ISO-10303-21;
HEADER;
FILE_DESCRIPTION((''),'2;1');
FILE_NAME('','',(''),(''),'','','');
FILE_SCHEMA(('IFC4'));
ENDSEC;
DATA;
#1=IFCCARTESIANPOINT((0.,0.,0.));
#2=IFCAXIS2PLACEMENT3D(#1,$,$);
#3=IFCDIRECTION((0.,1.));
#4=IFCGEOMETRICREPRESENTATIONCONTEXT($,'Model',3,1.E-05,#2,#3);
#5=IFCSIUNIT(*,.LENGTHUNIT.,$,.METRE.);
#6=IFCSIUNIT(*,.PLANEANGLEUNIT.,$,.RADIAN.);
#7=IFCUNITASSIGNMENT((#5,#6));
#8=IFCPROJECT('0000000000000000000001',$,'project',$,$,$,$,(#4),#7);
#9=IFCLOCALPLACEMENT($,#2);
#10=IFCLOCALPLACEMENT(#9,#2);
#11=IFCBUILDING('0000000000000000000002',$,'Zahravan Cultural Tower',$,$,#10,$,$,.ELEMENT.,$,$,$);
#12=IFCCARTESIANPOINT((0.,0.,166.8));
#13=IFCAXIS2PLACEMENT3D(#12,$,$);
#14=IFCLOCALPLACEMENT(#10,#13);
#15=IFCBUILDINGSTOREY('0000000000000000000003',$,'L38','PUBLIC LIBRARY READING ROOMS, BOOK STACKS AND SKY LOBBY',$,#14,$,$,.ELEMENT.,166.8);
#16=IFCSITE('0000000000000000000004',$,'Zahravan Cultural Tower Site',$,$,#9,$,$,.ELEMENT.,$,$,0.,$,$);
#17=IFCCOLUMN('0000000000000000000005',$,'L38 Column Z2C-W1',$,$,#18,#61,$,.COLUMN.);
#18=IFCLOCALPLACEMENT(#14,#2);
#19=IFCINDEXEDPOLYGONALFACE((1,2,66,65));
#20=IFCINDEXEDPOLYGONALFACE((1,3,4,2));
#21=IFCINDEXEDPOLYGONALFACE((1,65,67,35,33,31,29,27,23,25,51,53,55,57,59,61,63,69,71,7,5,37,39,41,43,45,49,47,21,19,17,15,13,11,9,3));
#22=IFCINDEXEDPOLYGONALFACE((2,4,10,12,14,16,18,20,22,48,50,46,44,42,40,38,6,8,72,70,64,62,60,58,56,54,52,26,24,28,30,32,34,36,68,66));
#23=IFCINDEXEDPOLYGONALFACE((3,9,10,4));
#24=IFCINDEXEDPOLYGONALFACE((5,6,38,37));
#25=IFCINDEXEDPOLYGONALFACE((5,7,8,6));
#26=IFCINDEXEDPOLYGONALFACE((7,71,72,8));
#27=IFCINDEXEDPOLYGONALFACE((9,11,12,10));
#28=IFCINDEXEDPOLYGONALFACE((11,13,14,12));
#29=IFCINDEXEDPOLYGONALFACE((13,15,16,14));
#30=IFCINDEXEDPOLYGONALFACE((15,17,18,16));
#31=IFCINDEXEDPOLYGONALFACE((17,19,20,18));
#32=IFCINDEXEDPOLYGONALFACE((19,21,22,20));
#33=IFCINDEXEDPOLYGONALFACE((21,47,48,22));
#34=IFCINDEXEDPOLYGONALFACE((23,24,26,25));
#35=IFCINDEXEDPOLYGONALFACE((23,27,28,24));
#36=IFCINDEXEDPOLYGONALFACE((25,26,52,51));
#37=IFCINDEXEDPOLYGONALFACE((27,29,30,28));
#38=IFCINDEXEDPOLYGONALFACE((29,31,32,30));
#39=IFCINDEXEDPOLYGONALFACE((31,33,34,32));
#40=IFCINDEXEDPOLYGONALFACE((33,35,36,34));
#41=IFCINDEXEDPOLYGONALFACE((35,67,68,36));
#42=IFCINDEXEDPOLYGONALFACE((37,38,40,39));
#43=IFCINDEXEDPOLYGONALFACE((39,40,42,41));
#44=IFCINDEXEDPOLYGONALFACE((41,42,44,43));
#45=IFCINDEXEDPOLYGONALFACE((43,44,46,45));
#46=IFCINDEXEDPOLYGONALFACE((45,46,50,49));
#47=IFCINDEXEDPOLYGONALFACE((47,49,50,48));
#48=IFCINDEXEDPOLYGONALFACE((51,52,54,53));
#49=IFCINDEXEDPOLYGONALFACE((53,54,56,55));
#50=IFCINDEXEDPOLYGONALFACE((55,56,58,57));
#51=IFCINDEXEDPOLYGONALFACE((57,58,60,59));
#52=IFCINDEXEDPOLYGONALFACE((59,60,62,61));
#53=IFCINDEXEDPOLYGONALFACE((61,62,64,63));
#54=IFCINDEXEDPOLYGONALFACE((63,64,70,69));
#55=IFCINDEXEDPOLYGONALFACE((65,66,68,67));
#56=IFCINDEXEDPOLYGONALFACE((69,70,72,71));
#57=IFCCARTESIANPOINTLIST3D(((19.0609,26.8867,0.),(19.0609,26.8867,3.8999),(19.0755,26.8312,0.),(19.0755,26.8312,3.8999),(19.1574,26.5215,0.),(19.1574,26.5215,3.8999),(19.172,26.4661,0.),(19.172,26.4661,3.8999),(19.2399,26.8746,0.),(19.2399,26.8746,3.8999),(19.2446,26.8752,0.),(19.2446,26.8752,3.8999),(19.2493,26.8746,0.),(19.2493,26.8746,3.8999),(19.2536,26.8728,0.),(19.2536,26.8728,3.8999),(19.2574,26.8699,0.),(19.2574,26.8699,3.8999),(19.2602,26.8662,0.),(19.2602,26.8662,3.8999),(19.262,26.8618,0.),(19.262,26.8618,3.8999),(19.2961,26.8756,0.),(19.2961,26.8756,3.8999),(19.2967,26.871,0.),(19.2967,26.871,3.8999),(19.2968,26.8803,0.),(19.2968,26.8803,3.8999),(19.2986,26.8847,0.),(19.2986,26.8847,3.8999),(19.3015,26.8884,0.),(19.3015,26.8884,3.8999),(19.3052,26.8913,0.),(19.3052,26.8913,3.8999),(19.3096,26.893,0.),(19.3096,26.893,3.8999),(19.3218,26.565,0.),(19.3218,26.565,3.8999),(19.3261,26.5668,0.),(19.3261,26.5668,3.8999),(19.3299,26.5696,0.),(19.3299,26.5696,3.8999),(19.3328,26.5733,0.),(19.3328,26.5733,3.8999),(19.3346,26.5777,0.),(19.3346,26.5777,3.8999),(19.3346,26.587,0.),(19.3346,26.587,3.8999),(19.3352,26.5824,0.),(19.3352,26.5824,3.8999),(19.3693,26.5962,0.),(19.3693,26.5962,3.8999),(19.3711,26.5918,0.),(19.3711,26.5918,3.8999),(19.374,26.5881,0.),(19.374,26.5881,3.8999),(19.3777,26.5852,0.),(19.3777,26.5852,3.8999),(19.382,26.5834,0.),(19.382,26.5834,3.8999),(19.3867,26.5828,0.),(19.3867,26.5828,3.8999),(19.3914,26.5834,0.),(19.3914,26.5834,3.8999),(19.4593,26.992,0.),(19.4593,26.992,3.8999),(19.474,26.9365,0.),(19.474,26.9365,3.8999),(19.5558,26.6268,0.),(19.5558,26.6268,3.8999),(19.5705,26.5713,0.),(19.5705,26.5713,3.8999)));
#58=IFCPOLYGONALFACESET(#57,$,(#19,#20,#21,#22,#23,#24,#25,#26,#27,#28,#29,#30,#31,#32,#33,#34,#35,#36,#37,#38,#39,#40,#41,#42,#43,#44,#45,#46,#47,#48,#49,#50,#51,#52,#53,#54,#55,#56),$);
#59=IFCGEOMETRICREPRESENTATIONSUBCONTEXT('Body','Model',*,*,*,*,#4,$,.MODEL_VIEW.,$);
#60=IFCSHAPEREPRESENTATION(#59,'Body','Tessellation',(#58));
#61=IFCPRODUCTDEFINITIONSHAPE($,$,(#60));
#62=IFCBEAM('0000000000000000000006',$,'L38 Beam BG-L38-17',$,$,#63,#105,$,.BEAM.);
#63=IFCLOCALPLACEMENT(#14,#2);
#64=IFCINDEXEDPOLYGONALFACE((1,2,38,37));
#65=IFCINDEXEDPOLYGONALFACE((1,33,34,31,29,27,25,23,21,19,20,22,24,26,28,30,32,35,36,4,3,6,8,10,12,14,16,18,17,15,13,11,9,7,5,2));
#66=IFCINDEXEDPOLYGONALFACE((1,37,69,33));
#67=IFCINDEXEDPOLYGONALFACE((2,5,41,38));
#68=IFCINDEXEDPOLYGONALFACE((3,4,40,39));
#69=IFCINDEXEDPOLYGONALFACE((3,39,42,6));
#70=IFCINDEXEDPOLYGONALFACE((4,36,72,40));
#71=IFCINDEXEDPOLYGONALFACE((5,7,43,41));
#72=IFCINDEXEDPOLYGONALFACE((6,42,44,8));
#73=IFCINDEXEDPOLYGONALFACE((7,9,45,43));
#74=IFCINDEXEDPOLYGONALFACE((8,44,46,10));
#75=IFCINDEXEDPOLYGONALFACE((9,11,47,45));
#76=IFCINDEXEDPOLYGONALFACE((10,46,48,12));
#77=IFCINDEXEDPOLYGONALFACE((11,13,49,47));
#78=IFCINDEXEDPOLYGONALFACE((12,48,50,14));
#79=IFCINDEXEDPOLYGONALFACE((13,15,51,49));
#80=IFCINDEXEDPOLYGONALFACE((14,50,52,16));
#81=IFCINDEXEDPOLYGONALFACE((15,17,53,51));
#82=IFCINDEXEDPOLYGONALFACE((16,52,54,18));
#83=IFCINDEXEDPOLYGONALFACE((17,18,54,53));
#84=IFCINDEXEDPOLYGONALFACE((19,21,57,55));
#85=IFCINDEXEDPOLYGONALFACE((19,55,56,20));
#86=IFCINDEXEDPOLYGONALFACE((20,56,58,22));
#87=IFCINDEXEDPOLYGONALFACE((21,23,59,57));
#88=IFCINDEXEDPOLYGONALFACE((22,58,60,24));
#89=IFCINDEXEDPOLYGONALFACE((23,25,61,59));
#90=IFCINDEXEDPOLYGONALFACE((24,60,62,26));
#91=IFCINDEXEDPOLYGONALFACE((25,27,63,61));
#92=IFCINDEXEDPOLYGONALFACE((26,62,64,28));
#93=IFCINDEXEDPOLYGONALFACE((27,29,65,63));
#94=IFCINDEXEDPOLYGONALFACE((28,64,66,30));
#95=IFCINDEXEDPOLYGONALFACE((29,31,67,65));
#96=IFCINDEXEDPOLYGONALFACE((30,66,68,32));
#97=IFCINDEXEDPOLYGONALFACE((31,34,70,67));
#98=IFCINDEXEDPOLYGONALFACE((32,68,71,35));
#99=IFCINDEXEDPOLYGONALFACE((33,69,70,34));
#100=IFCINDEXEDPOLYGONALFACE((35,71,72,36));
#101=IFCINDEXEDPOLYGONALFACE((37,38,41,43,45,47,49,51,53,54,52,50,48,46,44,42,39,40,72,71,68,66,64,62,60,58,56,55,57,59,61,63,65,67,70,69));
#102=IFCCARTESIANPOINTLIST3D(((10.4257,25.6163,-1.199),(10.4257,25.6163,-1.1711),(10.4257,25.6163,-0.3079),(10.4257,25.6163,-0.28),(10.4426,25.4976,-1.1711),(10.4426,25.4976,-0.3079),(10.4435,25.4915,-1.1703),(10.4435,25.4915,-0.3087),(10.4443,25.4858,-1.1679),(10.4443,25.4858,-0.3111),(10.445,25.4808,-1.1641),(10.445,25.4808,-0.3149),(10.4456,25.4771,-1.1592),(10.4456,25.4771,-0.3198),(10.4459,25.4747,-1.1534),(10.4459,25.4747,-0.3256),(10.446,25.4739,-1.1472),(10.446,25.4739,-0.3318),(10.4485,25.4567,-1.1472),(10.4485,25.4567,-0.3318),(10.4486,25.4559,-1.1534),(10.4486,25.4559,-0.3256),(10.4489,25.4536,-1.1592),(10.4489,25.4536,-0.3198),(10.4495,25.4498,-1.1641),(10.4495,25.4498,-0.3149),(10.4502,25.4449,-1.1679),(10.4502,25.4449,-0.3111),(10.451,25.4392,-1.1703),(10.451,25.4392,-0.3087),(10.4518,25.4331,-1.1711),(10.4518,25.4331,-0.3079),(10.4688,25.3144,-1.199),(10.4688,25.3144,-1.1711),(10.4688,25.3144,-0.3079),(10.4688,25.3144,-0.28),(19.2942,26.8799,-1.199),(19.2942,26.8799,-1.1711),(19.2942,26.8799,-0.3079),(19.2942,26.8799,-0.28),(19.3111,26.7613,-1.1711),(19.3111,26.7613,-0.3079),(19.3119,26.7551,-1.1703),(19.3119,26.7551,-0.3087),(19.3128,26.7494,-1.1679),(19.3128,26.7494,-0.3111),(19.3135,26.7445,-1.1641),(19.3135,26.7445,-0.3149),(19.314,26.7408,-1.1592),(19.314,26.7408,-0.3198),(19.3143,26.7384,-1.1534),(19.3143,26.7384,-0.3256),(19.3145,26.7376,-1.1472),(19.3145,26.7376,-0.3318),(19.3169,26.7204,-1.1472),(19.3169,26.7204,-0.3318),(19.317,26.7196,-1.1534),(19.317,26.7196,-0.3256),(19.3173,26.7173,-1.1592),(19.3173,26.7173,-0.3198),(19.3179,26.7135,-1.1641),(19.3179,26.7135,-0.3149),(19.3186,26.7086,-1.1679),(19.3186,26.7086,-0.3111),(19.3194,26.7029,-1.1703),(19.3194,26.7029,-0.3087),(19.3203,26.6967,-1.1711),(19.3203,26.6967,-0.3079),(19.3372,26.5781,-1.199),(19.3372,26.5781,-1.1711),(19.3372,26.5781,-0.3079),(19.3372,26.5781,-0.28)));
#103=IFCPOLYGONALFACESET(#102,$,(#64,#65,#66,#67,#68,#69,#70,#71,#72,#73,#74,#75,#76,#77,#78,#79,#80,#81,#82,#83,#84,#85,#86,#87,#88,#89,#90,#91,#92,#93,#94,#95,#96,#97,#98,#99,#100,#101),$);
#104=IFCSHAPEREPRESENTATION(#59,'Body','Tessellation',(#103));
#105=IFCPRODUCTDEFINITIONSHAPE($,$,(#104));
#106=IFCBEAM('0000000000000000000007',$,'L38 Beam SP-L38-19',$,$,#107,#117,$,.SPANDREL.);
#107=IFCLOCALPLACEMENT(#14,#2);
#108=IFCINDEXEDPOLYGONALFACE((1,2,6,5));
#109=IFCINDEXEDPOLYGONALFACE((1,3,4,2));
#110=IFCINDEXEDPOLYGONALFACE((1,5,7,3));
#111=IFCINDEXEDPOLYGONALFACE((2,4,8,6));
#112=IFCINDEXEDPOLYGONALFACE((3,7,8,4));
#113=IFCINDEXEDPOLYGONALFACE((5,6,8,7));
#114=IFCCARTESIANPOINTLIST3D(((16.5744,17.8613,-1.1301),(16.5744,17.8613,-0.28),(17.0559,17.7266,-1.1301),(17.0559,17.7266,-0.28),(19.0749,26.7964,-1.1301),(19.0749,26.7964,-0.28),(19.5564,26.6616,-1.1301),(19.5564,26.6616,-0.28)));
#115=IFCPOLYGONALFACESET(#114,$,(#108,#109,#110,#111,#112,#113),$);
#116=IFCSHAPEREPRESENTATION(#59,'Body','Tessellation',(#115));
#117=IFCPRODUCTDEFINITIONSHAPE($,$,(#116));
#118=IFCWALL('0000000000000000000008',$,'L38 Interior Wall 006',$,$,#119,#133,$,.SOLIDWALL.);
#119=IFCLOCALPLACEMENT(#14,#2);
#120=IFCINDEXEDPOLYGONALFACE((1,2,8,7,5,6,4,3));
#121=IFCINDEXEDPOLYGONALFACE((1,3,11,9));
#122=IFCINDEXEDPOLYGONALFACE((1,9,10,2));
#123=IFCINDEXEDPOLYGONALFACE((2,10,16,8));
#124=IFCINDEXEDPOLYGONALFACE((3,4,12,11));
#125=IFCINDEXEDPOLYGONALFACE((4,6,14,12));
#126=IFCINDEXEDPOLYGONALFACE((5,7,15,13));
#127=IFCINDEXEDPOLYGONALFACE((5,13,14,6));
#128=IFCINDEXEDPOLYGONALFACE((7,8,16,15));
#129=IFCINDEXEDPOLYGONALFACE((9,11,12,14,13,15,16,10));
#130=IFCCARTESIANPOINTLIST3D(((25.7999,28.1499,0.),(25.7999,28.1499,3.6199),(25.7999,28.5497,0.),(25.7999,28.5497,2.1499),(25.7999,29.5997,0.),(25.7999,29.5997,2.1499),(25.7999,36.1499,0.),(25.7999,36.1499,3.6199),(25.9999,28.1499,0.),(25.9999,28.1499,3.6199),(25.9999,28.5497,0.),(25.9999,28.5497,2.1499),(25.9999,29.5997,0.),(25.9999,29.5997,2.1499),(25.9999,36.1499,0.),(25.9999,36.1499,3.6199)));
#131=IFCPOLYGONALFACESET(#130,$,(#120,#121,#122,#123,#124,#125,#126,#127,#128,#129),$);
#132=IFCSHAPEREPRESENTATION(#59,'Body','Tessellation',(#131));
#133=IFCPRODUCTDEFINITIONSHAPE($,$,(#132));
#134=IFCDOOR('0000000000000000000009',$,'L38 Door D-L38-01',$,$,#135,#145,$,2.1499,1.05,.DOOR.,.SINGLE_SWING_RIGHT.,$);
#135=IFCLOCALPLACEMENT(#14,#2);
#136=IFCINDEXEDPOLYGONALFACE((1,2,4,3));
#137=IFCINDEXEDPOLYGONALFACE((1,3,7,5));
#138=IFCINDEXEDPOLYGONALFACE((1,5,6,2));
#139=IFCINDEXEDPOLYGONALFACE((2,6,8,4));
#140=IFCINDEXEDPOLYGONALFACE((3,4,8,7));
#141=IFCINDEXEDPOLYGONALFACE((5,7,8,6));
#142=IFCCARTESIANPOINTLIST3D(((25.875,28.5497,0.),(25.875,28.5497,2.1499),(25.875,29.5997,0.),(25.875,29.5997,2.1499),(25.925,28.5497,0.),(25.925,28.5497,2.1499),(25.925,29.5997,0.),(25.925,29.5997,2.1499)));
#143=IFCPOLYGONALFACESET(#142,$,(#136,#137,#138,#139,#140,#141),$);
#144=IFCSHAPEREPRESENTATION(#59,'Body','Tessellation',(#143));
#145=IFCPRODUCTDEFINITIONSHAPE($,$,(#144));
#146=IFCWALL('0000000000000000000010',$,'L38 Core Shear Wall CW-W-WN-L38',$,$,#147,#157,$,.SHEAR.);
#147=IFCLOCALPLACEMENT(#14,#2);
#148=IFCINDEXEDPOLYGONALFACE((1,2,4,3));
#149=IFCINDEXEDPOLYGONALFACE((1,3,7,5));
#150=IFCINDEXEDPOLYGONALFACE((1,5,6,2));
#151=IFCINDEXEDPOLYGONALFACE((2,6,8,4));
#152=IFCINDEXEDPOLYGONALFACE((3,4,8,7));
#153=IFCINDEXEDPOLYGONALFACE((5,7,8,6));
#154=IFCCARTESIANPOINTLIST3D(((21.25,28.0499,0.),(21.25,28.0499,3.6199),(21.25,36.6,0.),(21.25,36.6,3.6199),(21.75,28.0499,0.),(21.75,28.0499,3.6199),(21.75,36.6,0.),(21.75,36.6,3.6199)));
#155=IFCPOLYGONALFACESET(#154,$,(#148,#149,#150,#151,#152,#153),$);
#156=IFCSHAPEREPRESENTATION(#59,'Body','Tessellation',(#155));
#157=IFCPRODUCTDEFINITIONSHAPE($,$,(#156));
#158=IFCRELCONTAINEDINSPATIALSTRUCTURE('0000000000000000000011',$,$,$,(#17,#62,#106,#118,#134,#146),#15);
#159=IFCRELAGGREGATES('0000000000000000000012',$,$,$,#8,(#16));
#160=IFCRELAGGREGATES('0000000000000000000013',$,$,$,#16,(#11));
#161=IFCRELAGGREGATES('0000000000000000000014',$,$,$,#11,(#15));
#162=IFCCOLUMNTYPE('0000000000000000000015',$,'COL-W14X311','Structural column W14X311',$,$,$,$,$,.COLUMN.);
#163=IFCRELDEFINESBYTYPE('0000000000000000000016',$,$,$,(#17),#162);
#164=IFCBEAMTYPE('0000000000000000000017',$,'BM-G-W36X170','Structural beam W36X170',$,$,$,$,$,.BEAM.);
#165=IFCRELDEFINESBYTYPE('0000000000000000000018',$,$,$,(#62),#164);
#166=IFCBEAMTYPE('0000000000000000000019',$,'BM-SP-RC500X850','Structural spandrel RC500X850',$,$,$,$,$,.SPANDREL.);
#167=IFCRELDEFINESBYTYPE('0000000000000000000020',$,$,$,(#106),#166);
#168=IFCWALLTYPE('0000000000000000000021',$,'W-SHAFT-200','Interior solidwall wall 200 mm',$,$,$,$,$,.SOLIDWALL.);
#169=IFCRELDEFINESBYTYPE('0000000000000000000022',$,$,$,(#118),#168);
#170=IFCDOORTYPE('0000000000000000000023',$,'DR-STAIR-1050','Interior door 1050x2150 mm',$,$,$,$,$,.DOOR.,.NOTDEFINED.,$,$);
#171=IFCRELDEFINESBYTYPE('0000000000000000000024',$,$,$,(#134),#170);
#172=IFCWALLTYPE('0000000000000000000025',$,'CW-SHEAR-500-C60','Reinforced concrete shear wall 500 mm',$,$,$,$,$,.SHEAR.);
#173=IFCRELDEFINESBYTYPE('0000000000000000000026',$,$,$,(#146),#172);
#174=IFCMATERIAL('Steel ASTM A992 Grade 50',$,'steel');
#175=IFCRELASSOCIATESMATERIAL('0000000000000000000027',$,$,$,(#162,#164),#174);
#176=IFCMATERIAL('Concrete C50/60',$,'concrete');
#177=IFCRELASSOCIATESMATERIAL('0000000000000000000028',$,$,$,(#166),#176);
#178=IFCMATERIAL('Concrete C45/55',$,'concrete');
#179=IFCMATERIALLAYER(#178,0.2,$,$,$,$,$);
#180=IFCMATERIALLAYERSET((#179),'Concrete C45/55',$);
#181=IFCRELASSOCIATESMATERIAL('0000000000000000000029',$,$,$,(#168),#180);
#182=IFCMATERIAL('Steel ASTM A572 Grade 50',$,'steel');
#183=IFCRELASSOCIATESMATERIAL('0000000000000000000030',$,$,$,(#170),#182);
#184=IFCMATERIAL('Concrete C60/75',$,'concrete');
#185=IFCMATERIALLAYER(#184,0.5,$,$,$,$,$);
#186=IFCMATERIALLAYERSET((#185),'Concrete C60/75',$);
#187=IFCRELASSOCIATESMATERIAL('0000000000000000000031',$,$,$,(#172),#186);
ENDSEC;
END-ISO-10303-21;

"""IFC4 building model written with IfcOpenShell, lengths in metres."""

from ifc_helpers import new_model, si_unit, direction, frame, frame_2d, origin, origin_2d, place, context, subcontext, project, spatial, rectangle, i_section, extrude, source, transform, mapped, material, layer, layer_set, material_profile, profile_set, type_object, element, fill, save


model = new_model("IFC4")

# Units and contexts
model_context = context("Model", 3, precision=1e-05, world=origin(), true_north=direction((0.0, 1.0)))
body_context = subcontext(model_context, "Body", "Model", "MODEL_VIEW")
ifc_project = project(units=[si_unit("LENGTHUNIT", "METRE"), si_unit("PLANEANGLEUNIT", "RADIAN")], contexts=[model_context])

# Site, building, storey
site_placement = place(None, origin())
site = spatial("IfcSite", under=ifc_project, at=site_placement, Name="Zahravan Cultural Tower Site", CompositionType="ELEMENT", RefElevation=0.0)
building_placement = place(site_placement, origin())
building = spatial("IfcBuilding", under=site, at=building_placement, Name="Zahravan Cultural Tower", CompositionType="ELEMENT")
storey_placement = place(building_placement, frame((0.0, 0.0, 166.8)))
storey = spatial("IfcBuildingStorey", under=building, at=storey_placement, Name="L38", Description="PUBLIC LIBRARY READING ROOMS, BOOK STACKS AND SKY LOBBY", CompositionType="ELEMENT", Elevation=166.8)

# Column
ifc_material_1 = material(Name="Steel ASTM A992 Grade 50", Category="steel")
ifc_material_profile_1 = material_profile(ifc_material_1, i_section(OverallWidth=0.4121, OverallDepth=0.4351, WebThickness=0.0359, FlangeThickness=0.0574, FilletRadius=0.0181, at=origin_2d()), Name="W14X311")
ifc_profile_set_1 = profile_set([ifc_material_profile_1], Name="Steel ASTM A992 Grade 50")
column_type = type_object("IfcColumnType", Name="COL-W14X311", Description="Structural column W14X311", PredefinedType="COLUMN", material=ifc_profile_set_1)
shared_shape_1 = source(origin(), body_context, "Body", "SweptSolid", [
    extrude(i_section(OverallWidth=0.4121, OverallDepth=0.4351, WebThickness=0.0359, FlangeThickness=0.0574, FilletRadius=0.0181, at=origin_2d()), origin(), (0.0, 0.0, 1.0), 3.8999),
])
column_placement = place(storey_placement, frame((19.3157, 26.729, 0.0), z_axis=(0.0, 0.0, 1.0), x_axis=(0.966823, 0.255446, 0.0)))
element("IfcColumn", 1, at=column_placement, inside=storey, type_object=column_type, Name="L38 Column Z2C-W1", PredefinedType="COLUMN", context=body_context, shape_type="MappedRepresentation", body=[
    mapped(shared_shape_1, transform((0.0, 0.0, 0.0), x_axis=(1.0, 0.0, 0.0), y_axis=(0.0, 1.0, 0.0), z_axis=(0.0, 0.0, 1.0), scale=1.0)),
])

# Beams
ifc_material_profile_2 = material_profile(ifc_material_1, i_section(OverallWidth=0.3049, OverallDepth=0.9189, WebThickness=0.0173, FlangeThickness=0.0278, FilletRadius=0.0239, at=origin_2d()), Name="W36X170")
ifc_profile_set_2 = profile_set([ifc_material_profile_2], Name="Steel ASTM A992 Grade 50")
beam_type_1 = type_object("IfcBeamType", Name="BM-G-W36X170", Description="Structural beam W36X170", PredefinedType="BEAM", material=ifc_profile_set_2)
shared_shape_2 = source(origin(), body_context, "Body", "SweptSolid", [
    extrude(i_section(OverallWidth=0.3049, OverallDepth=0.9189, WebThickness=0.0173, FlangeThickness=0.0278, FilletRadius=0.0239, at=origin_2d()), origin(), (0.0, 0.0, 1.0), 8.958),
])
beam_1_placement = place(storey_placement, frame((19.3157, 26.729, -0.7395), z_axis=(-0.99, -0.141067, 0.0), x_axis=(0.141067, -0.99, 0.0)))
element("IfcBeam", 2, at=beam_1_placement, inside=storey, type_object=beam_type_1, Name="L38 Beam BG-L38-17", PredefinedType="BEAM", context=body_context, shape_type="MappedRepresentation", body=[
    mapped(shared_shape_2, transform((0.0, 0.0, 0.0), x_axis=(1.0, 0.0, 0.0), y_axis=(0.0, 1.0, 0.0), z_axis=(0.0, 0.0, 1.0), scale=1.0)),
])
ifc_material_2 = material(Name="Concrete C50/60", Category="concrete")
ifc_material_profile_3 = material_profile(ifc_material_2, rectangle(XDim=0.5, YDim=0.8501, at=origin_2d()), Name="RC500X850")
ifc_profile_set_3 = profile_set([ifc_material_profile_3], Name="Concrete C50/60")
beam_type_2 = type_object("IfcBeamType", Name="BM-SP-RC500X850", Description="Structural spandrel RC500X850", PredefinedType="SPANDREL", material=ifc_profile_set_3)
shared_shape_3 = source(origin(), body_context, "Body", "SweptSolid", [
    extrude(rectangle(XDim=0.5, YDim=0.8501, at=origin_2d()), origin(), (0.0, 0.0, 1.0), 9.2783),
])
beam_2_placement = place(storey_placement, frame((19.3157, 26.729, -0.7051), z_axis=(-0.269497, -0.963001, 0.0), x_axis=(0.963001, -0.269497, 0.0)))
element("IfcBeam", 3, at=beam_2_placement, inside=storey, type_object=beam_type_2, Name="L38 Beam SP-L38-19", PredefinedType="SPANDREL", context=body_context, shape_type="MappedRepresentation", body=[
    mapped(shared_shape_3, transform((0.0, 0.0, 0.0), x_axis=(1.0, 0.0, 0.0), y_axis=(0.0, 1.0, 0.0), z_axis=(0.0, 0.0, 1.0), scale=1.0)),
])

# Wall, opening, door
ifc_material_3 = material(Name="Concrete C45/55", Category="concrete")
ifc_layer_1 = layer(ifc_material_3, 0.2)
ifc_layer_set_1 = layer_set([ifc_layer_1], Name="Concrete C45/55")
wall_type_1 = type_object("IfcWallType", Name="W-SHAFT-200", Description="Interior solidwall wall 200 mm", PredefinedType="SOLIDWALL", material=ifc_layer_set_1)
wall_1_placement = place(storey_placement, frame((25.8999, 28.1499, 0.0), z_axis=(0.0, 0.0, 1.0), x_axis=(0.0, 1.0, 0.0)))
wall_1 = element("IfcWall", 4, at=wall_1_placement, inside=storey, type_object=wall_type_1, Name="L38 Interior Wall 006", PredefinedType="SOLIDWALL", context=body_context, shape_type="SweptSolid", body=[
    extrude(rectangle(XDim=8.0, YDim=0.2, at=frame_2d((4.0, 0.0))), origin(), (0.0, 0.0, 1.0), 3.6199),
])
opening_placement = place(wall_1_placement, frame((0.3999, 0.0, 0.0)))
opening = element("IfcOpeningElement", 5, at=opening_placement, cuts=wall_1, PredefinedType="OPENING", context=body_context, shape_type="SweptSolid", body=[
    extrude(rectangle(XDim=1.05, YDim=2.1499, at=frame_2d((0.5249, 1.075))), frame((0.0, 0.1099, 0.0), z_axis=(0.0, -1.0, 0.0), x_axis=(1.0, 0.0, 0.0)), (0.0, 0.0, 1.0), 0.22),
])
ifc_material_4 = material(Name="Steel ASTM A572 Grade 50", Category="steel")
door_type = type_object("IfcDoorType", Name="DR-STAIR-1050", Description="Interior door 1050x2150 mm", OperationType="NOTDEFINED", PredefinedType="DOOR", material=ifc_material_4)
shared_shape_4 = source(origin(), body_context, "Body", "SweptSolid", [
    extrude(rectangle(XDim=1.05, YDim=2.1499, at=frame_2d((0.5249, 1.075))), frame((0.0, 0.0249, 0.0), z_axis=(0.0, -1.0, 0.0), x_axis=(1.0, 0.0, 0.0)), (0.0, 0.0, 1.0), 0.05),
])
door_placement = place(opening_placement, origin())
door = element("IfcDoor", 6, at=door_placement, inside=storey, type_object=door_type, Name="L38 Door D-L38-01", OperationType="SINGLE_SWING_RIGHT", OverallHeight=2.1499, OverallWidth=1.05, PredefinedType="DOOR", context=body_context, shape_type="MappedRepresentation", body=[
    mapped(shared_shape_4, transform((0.0, 0.0, 0.0), x_axis=(1.0, 0.0, 0.0), y_axis=(0.0, 1.0, 0.0), z_axis=(0.0, 0.0, 1.0), scale=1.0)),
])
fill(opening, door)

# Wall
ifc_material_5 = material(Name="Concrete C60/75", Category="concrete")
ifc_layer_2 = layer(ifc_material_5, 0.5)
ifc_layer_set_2 = layer_set([ifc_layer_2], Name="Concrete C60/75")
wall_type_2 = type_object("IfcWallType", Name="CW-SHEAR-500-C60", Description="Reinforced concrete shear wall 500 mm", PredefinedType="SHEAR", material=ifc_layer_set_2)
shared_shape_5 = source(origin(), body_context, "Body", "SweptSolid", [
    extrude(rectangle(XDim=8.55, YDim=0.5, at=frame_2d((4.2749, 0.0))), origin(), (0.0, 0.0, 1.0), 3.6199),
])
wall_2_placement = place(storey_placement, frame((21.5, 28.05, 0.0), z_axis=(0.0, 0.0, 1.0), x_axis=(0.0, 1.0, 0.0)))
element("IfcWall", 7, at=wall_2_placement, inside=storey, type_object=wall_type_2, Name="L38 Core Shear Wall CW-W-WN-L38", PredefinedType="SHEAR", context=body_context, shape_type="MappedRepresentation", body=[
    mapped(shared_shape_5, transform((0.0, 0.0, 0.0), x_axis=(1.0, 0.0, 0.0), y_axis=(0.0, 1.0, 0.0), z_axis=(0.0, 0.0, 1.0), scale=1.0)),
])

save(model, "model.ifc")
